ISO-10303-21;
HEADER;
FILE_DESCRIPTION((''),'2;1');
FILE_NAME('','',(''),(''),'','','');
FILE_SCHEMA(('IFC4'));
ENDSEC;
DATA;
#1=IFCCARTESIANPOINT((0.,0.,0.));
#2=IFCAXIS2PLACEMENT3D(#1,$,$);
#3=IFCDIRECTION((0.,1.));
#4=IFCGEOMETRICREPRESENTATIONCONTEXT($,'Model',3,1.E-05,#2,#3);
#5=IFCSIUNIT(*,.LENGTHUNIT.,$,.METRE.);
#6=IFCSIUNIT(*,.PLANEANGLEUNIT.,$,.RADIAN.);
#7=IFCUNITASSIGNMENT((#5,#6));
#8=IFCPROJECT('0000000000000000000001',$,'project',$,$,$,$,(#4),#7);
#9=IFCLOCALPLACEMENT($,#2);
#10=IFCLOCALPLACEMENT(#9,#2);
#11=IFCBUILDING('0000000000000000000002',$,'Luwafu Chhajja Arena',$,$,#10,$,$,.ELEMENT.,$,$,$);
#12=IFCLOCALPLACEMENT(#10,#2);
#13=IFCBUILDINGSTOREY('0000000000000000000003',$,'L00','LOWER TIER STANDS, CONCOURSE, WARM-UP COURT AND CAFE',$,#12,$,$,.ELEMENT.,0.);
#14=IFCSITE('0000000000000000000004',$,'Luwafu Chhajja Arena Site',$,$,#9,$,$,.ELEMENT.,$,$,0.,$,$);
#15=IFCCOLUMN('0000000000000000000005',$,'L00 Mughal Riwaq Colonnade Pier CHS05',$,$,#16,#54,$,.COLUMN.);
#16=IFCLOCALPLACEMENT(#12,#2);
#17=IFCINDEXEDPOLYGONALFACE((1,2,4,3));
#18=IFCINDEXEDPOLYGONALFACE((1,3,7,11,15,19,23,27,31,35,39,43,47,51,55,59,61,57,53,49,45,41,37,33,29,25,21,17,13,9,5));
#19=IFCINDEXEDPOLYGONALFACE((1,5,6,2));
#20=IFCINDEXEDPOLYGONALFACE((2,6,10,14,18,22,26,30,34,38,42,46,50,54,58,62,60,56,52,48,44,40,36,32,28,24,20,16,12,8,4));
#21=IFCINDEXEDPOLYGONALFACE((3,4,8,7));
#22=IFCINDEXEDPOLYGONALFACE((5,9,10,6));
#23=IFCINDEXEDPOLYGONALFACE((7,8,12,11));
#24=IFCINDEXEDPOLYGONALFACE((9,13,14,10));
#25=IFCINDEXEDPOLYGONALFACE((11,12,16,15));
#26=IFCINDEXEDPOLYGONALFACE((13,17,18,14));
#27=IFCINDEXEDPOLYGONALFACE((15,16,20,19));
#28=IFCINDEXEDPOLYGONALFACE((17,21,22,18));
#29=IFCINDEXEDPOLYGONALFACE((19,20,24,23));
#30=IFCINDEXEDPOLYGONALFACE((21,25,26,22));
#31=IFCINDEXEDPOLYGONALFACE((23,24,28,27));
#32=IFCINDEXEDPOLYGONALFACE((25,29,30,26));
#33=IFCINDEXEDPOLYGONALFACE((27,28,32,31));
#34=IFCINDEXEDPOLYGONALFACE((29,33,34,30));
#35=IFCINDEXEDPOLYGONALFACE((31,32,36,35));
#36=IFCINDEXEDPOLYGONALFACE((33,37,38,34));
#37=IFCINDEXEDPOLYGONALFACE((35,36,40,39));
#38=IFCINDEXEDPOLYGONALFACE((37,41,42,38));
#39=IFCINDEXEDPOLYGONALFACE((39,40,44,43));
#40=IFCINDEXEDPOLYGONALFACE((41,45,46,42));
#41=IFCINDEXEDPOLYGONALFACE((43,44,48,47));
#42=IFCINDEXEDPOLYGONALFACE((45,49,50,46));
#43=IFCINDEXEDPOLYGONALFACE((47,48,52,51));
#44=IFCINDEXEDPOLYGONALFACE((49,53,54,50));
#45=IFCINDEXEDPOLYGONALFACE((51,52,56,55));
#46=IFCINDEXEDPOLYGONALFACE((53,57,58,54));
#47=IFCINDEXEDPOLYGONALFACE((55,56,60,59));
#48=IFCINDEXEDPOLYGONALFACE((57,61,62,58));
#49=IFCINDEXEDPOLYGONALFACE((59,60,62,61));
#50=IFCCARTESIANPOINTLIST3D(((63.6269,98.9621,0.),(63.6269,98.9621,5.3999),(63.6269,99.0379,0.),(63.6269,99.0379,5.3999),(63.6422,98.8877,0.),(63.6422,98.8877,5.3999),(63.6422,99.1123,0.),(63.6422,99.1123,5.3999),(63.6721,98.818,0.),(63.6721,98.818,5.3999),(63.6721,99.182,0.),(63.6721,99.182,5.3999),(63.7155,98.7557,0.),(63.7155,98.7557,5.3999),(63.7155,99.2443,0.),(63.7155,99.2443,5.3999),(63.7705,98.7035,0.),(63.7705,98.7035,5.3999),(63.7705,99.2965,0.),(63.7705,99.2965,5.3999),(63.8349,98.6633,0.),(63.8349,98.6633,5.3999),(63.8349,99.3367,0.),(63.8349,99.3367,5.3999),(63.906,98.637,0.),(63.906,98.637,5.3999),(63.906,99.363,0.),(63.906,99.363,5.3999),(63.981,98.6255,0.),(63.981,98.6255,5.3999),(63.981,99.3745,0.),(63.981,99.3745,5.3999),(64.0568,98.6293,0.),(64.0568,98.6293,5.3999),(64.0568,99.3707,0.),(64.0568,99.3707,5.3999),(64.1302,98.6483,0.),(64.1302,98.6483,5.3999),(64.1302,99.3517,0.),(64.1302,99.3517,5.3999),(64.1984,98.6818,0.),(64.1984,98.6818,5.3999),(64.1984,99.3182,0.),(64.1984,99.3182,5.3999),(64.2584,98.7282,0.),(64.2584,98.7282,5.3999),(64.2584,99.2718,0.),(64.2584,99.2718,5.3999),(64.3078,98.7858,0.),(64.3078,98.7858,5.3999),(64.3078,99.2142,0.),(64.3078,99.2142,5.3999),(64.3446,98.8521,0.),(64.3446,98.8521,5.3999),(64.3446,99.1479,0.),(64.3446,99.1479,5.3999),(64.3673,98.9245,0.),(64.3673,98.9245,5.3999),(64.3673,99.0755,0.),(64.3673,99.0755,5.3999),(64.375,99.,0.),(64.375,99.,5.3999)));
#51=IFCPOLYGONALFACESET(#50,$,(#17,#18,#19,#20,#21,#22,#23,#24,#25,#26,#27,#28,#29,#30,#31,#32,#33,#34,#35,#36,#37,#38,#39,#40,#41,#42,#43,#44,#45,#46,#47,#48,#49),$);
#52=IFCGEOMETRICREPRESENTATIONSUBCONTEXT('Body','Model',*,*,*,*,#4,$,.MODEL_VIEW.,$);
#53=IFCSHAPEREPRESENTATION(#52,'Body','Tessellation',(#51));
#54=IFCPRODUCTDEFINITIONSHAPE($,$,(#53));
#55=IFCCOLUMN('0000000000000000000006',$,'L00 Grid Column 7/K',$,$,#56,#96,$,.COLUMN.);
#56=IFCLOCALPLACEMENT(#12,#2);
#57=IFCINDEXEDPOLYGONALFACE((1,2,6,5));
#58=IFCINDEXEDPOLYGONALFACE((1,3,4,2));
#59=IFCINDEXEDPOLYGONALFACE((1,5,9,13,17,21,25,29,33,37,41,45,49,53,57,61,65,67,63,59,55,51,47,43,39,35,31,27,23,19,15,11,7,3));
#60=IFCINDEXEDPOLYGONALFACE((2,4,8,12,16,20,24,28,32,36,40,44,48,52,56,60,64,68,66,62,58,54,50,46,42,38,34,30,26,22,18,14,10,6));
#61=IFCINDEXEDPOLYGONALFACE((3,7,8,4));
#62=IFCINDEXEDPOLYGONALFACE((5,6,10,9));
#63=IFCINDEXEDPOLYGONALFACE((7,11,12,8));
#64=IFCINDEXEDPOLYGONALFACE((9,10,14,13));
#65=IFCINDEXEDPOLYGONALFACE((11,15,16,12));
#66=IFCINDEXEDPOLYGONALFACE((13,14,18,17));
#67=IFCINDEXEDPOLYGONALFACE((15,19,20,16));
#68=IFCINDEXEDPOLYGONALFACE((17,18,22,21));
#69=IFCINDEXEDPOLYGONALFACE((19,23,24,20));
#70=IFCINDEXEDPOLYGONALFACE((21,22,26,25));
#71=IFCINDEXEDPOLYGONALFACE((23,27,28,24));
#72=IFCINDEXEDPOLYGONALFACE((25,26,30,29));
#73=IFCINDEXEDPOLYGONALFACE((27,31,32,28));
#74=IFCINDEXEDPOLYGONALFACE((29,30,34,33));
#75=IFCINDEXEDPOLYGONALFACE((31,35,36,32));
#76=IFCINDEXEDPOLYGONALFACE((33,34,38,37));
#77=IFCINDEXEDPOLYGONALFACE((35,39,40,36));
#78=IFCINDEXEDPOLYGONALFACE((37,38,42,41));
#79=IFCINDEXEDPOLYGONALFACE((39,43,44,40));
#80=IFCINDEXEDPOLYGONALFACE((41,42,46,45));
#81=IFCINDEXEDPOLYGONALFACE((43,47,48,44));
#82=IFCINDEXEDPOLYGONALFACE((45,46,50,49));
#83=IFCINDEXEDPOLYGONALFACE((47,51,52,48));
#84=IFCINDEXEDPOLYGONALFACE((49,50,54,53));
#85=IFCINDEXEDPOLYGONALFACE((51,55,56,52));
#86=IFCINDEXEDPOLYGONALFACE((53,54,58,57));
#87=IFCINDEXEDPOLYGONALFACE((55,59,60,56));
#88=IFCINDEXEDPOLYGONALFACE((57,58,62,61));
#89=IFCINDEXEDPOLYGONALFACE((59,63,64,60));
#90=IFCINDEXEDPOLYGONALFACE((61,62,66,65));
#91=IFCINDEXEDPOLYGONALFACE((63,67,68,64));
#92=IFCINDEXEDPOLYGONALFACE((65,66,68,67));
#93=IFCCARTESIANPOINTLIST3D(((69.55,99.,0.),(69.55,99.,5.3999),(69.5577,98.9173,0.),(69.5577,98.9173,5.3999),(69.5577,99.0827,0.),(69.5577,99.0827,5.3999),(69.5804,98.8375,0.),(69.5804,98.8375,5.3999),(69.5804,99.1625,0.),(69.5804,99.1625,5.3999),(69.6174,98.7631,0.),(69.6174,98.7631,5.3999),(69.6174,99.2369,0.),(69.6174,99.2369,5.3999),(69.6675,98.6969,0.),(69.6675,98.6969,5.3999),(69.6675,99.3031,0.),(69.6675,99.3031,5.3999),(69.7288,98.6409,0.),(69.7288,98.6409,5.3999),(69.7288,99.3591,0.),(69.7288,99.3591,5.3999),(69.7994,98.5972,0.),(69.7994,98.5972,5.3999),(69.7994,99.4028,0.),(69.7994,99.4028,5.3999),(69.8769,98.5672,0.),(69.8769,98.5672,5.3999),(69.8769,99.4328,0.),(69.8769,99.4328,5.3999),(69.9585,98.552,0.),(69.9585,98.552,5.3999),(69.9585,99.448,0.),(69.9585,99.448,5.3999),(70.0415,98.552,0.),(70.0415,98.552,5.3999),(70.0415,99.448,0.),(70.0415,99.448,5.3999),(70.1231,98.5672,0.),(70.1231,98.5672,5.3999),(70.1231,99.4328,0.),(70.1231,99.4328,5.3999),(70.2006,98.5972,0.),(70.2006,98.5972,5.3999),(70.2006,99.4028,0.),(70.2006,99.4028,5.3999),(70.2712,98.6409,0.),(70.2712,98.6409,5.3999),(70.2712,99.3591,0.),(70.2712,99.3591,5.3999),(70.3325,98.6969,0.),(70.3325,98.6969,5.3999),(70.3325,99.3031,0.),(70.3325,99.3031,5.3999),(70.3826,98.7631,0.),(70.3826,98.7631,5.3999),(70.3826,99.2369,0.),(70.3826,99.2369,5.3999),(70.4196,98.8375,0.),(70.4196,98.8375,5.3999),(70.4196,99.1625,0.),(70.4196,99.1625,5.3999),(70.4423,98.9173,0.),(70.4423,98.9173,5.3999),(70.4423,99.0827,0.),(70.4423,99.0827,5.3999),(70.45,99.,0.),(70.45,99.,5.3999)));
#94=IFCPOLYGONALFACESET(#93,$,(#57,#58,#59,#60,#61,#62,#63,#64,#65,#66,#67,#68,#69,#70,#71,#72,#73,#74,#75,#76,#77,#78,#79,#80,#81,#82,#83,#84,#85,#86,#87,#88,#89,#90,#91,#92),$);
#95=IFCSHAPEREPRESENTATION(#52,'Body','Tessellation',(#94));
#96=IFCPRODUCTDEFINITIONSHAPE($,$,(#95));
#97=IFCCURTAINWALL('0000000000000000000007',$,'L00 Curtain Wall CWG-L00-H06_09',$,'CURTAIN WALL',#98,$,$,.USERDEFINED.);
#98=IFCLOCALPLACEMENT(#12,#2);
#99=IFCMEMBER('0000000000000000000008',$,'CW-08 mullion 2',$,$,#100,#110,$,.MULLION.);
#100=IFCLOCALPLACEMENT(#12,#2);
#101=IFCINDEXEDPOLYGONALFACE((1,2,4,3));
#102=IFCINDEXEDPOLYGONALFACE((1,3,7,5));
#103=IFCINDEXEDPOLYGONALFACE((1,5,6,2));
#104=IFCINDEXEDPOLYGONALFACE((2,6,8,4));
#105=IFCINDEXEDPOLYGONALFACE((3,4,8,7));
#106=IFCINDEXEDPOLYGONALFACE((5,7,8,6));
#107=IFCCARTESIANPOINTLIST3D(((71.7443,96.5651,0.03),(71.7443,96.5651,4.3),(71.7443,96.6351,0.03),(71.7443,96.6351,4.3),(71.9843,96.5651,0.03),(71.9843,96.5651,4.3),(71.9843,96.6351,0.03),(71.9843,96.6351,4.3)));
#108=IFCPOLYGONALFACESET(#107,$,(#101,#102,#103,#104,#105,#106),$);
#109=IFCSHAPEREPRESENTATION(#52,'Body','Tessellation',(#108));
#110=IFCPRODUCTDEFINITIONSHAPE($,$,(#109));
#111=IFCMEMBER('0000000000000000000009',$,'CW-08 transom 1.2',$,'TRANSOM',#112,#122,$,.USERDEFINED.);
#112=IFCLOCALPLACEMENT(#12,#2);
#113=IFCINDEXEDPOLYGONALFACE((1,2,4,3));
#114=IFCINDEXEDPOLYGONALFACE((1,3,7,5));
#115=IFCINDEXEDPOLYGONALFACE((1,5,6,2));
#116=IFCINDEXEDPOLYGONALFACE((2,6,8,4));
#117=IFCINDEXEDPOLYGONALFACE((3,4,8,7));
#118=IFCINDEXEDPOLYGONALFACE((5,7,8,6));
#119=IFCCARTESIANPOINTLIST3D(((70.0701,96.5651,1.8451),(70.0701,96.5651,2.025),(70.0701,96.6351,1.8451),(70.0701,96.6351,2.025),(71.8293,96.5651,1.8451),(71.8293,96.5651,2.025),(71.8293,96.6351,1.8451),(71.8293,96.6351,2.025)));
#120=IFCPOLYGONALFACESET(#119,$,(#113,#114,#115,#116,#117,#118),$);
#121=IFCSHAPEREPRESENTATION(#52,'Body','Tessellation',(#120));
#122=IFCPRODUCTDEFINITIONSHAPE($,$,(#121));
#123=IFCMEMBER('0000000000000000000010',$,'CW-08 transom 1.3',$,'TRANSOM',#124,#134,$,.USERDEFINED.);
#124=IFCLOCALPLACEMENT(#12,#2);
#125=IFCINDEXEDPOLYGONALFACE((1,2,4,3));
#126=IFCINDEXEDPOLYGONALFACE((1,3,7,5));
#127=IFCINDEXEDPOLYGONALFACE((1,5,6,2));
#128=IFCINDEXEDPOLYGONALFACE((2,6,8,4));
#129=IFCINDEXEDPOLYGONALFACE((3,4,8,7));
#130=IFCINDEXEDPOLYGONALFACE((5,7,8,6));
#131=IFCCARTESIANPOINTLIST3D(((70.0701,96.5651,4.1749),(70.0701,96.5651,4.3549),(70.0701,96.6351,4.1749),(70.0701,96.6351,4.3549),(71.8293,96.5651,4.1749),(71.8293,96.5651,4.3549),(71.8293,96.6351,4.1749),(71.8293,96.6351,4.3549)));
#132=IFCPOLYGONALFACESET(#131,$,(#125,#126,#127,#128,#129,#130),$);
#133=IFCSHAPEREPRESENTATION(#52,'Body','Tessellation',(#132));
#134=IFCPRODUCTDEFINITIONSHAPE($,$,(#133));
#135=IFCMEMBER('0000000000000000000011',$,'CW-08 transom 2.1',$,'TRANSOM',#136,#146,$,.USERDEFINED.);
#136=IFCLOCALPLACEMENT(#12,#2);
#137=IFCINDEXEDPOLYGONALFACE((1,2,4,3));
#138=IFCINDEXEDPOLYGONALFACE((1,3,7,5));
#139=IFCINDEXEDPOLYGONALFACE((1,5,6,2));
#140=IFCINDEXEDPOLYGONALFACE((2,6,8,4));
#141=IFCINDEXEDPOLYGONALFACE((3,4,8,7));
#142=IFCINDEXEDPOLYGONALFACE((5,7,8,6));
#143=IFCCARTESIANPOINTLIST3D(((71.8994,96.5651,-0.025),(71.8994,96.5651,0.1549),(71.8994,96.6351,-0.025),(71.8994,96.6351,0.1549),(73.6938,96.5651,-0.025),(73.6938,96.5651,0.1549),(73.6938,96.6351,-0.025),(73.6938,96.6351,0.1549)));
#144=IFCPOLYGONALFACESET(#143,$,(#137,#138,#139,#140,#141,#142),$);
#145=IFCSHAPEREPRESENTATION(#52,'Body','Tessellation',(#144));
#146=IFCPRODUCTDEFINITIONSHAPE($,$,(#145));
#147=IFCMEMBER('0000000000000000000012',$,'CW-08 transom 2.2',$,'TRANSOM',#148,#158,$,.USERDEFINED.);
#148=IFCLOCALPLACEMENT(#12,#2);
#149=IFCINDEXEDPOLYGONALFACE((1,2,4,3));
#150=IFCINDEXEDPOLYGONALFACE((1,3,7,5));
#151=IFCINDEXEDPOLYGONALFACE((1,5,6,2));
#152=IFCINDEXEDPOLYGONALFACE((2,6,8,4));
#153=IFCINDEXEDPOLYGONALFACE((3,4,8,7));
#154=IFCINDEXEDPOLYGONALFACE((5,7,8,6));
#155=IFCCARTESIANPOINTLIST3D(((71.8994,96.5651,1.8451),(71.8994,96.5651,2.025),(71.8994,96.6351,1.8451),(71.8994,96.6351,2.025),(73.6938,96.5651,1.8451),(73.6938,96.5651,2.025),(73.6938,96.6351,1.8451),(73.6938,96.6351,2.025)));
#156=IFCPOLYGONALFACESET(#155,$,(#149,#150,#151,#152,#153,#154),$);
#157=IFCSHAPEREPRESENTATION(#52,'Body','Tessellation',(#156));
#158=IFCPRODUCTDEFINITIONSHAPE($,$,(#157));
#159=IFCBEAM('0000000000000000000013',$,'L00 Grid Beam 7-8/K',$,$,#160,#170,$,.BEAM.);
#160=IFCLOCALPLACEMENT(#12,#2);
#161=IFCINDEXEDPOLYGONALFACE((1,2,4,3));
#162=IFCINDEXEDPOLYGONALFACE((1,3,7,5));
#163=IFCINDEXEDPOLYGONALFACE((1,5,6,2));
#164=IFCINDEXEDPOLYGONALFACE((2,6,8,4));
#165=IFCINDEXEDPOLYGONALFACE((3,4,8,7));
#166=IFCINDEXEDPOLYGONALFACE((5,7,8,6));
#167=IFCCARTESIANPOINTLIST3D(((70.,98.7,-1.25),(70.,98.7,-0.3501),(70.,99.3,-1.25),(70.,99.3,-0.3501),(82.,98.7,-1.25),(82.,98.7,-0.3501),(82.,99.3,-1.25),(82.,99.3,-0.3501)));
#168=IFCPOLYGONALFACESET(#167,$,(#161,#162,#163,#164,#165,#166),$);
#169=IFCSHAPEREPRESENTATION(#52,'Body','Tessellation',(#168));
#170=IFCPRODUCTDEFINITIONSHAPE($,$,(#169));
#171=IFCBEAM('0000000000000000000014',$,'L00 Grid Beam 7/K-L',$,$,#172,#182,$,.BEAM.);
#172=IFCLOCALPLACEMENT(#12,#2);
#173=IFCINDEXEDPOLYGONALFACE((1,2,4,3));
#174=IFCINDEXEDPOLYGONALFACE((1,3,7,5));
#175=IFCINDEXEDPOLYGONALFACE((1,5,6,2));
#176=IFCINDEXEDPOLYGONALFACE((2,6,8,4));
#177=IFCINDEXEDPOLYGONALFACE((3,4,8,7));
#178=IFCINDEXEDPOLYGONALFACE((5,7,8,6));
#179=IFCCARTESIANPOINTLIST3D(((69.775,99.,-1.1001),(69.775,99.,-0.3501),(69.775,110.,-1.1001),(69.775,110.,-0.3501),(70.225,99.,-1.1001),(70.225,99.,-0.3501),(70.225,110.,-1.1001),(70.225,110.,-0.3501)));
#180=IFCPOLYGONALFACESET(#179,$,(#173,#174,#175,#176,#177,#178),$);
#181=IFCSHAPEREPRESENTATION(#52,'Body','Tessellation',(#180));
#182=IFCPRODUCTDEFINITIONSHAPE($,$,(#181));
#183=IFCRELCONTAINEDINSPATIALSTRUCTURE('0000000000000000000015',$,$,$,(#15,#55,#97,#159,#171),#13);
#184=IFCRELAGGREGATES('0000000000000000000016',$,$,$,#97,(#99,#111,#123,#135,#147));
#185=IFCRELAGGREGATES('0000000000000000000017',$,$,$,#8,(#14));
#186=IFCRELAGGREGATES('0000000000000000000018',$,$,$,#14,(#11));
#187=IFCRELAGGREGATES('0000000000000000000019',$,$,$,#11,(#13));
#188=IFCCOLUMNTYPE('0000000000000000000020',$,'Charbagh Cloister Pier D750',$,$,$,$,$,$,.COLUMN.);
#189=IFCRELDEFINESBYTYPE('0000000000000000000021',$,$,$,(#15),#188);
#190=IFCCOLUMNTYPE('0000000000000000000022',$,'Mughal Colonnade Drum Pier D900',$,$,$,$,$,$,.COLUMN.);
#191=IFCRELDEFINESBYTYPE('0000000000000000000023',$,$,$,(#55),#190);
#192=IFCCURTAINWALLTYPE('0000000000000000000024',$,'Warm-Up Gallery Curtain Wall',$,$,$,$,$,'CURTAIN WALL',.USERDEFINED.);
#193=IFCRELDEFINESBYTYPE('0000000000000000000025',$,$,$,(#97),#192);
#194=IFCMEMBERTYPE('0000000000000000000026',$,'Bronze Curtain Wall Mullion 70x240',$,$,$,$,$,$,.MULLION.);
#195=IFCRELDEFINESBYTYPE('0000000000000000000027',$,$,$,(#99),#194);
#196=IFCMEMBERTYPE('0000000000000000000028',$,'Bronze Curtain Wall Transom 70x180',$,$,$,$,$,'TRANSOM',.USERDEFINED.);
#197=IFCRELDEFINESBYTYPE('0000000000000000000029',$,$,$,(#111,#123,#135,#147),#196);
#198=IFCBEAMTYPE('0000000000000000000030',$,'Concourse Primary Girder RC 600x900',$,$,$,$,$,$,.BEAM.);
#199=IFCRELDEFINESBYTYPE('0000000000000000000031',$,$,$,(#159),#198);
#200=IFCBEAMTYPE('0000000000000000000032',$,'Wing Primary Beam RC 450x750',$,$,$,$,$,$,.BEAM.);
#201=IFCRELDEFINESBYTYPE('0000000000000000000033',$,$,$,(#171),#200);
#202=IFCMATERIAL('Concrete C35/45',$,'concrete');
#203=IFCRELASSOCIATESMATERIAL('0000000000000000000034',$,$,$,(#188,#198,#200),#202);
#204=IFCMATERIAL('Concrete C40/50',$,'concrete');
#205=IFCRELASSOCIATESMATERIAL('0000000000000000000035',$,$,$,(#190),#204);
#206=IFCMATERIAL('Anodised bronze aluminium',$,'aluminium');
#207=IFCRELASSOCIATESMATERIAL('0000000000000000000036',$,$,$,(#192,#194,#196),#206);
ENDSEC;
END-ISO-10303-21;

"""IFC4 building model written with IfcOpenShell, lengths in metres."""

from ifc_helpers import new_model, si_unit, direction, frame, origin, origin_2d, place, context, subcontext, project, spatial, rectangle, circle, extrude, material, material_profile, profile_set, type_object, element, aggregate, save


model = new_model("IFC4")

# Units and contexts
model_context = context("Model", 3, precision=1e-05, world=origin(), true_north=direction((0.0, 1.0)))
body_context = subcontext(model_context, "Body", "Model", "MODEL_VIEW")
ifc_project = project(units=[si_unit("LENGTHUNIT", "METRE"), si_unit("PLANEANGLEUNIT", "RADIAN")], contexts=[model_context])

# Site, building, storey
site_placement = place(None, origin())
site = spatial("IfcSite", under=ifc_project, at=site_placement, Name="Luwafu Chhajja Arena Site", CompositionType="ELEMENT", RefElevation=0.0)
building_placement = place(site_placement, origin())
building = spatial("IfcBuilding", under=site, at=building_placement, Name="Luwafu Chhajja Arena", CompositionType="ELEMENT")
storey_placement = place(building_placement, origin())
storey = spatial("IfcBuildingStorey", under=building, at=storey_placement, Name="L00", Description="LOWER TIER STANDS, CONCOURSE, WARM-UP COURT AND CAFE", CompositionType="ELEMENT", Elevation=0.0)

# Columns
ifc_material_1 = material(Name="Concrete C35/45", Category="concrete")
ifc_material_profile_1 = material_profile(ifc_material_1, circle(Radius=0.375, at=origin_2d()), Name="RC COL D750")
ifc_profile_set_1 = profile_set([ifc_material_profile_1], Name="Concrete C35/45")
column_type_1 = type_object("IfcColumnType", Name="Charbagh Cloister Pier D750", PredefinedType="COLUMN", material=ifc_profile_set_1)
column_1_placement = place(storey_placement, frame((64.0, 99.0, 0.0), z_axis=(0.0, 0.0, 1.0), x_axis=(1.0, 0.0, 0.0)))
element("IfcColumn", 1, at=column_1_placement, inside=storey, type_object=column_type_1, Name="L00 Mughal Riwaq Colonnade Pier CHS05", PredefinedType="COLUMN", context=body_context, shape_type="SweptSolid", body=[
    extrude(circle(Radius=0.375, at=origin_2d()), origin(), (0.0, 0.0, 1.0), 5.3999),
])
ifc_material_2 = material(Name="Concrete C40/50", Category="concrete")
ifc_material_profile_2 = material_profile(ifc_material_2, circle(Radius=0.45, at=origin_2d()), Name="RC COL D900")
ifc_profile_set_2 = profile_set([ifc_material_profile_2], Name="Concrete C40/50")
column_type_2 = type_object("IfcColumnType", Name="Mughal Colonnade Drum Pier D900", PredefinedType="COLUMN", material=ifc_profile_set_2)
column_2_placement = place(storey_placement, frame((70.0, 99.0, 0.0), z_axis=(0.0, 0.0, 1.0), x_axis=(1.0, 0.0, 0.0)))
element("IfcColumn", 2, at=column_2_placement, inside=storey, type_object=column_type_2, Name="L00 Grid Column 7/K", PredefinedType="COLUMN", context=body_context, shape_type="SweptSolid", body=[
    extrude(circle(Radius=0.45, at=origin_2d()), origin(), (0.0, 0.0, 1.0), 5.3999),
])

# Curtain wall, members
ifc_material_3 = material(Name="Anodised bronze aluminium", Category="aluminium")
curtain_wall_type = type_object("IfcCurtainWallType", Name="Warm-Up Gallery Curtain Wall", ElementType="CURTAIN WALL", PredefinedType="USERDEFINED", material=ifc_material_3)
curtain_wall_placement = place(storey_placement, origin())
curtain_wall = element("IfcCurtainWall", 3, at=curtain_wall_placement, inside=storey, type_object=curtain_wall_type, Name="L00 Curtain Wall CWG-L00-H06_09", ObjectType="CURTAIN WALL", PredefinedType="USERDEFINED")
ifc_material_profile_3 = material_profile(ifc_material_3, rectangle(XDim=0.0701, YDim=0.24, at=origin_2d()), Name="CWM 70x240")
ifc_profile_set_3 = profile_set([ifc_material_profile_3], Name="Anodised bronze aluminium")
member_type_1 = type_object("IfcMemberType", Name="Bronze Curtain Wall Mullion 70x240", PredefinedType="MULLION", material=ifc_profile_set_3)
member_1_placement = place(storey_placement, frame((71.8643, 96.6001, 0.03), z_axis=(0.0, 0.0, 1.0), x_axis=(0.0, 1.0, 0.0)))
member_1 = element("IfcMember", 4, at=member_1_placement, type_object=member_type_1, Name="CW-08 mullion 2", PredefinedType="MULLION", context=body_context, shape_type="SweptSolid", body=[
    extrude(rectangle(XDim=0.0701, YDim=0.24, at=origin_2d()), origin(), (0.0, 0.0, 1.0), 4.27),
])
ifc_material_profile_4 = material_profile(ifc_material_3, rectangle(XDim=0.0701, YDim=0.1799, at=origin_2d()), Name="CWT 70x180")
ifc_profile_set_4 = profile_set([ifc_material_profile_4], Name="Anodised bronze aluminium")
member_type_2 = type_object("IfcMemberType", Name="Bronze Curtain Wall Transom 70x180", ElementType="TRANSOM", PredefinedType="USERDEFINED", material=ifc_profile_set_4)
member_2_placement = place(storey_placement, frame((70.0701, 96.6001, 1.9351), z_axis=(1.0, 0.0, 0.0), x_axis=(0.0, 1.0, 0.0)))
member_2 = element("IfcMember", 5, at=member_2_placement, type_object=member_type_2, Name="CW-08 transom 1.2", ObjectType="TRANSOM", PredefinedType="USERDEFINED", context=body_context, shape_type="SweptSolid", body=[
    extrude(rectangle(XDim=0.0701, YDim=0.1799, at=origin_2d()), origin(), (0.0, 0.0, 1.0), 1.7593),
])
member_3_placement = place(storey_placement, frame((70.0701, 96.6001, 4.2649), z_axis=(1.0, 0.0, 0.0), x_axis=(0.0, 1.0, 0.0)))
member_3 = element("IfcMember", 6, at=member_3_placement, type_object=member_type_2, Name="CW-08 transom 1.3", ObjectType="TRANSOM", PredefinedType="USERDEFINED", context=body_context, shape_type="SweptSolid", body=[
    extrude(rectangle(XDim=0.0701, YDim=0.1799, at=origin_2d()), origin(), (0.0, 0.0, 1.0), 1.7593),
])
member_4_placement = place(storey_placement, frame((71.8994, 96.6001, 0.0649), z_axis=(1.0, 0.0, 0.0), x_axis=(0.0, 1.0, 0.0)))
member_4 = element("IfcMember", 7, at=member_4_placement, type_object=member_type_2, Name="CW-08 transom 2.1", ObjectType="TRANSOM", PredefinedType="USERDEFINED", context=body_context, shape_type="SweptSolid", body=[
    extrude(rectangle(XDim=0.0701, YDim=0.1799, at=origin_2d()), origin(), (0.0, 0.0, 1.0), 1.7944),
])
member_5_placement = place(storey_placement, frame((71.8994, 96.6001, 1.9351), z_axis=(1.0, 0.0, 0.0), x_axis=(0.0, 1.0, 0.0)))
member_5 = element("IfcMember", 8, at=member_5_placement, type_object=member_type_2, Name="CW-08 transom 2.2", ObjectType="TRANSOM", PredefinedType="USERDEFINED", context=body_context, shape_type="SweptSolid", body=[
    extrude(rectangle(XDim=0.0701, YDim=0.1799, at=origin_2d()), origin(), (0.0, 0.0, 1.0), 1.7944),
])

# Beams
ifc_material_profile_5 = material_profile(ifc_material_1, rectangle(XDim=0.6001, YDim=0.8999, at=origin_2d()), Name="RC 600x900")
ifc_profile_set_5 = profile_set([ifc_material_profile_5], Name="Concrete C35/45")
beam_type_1 = type_object("IfcBeamType", Name="Concourse Primary Girder RC 600x900", PredefinedType="BEAM", material=ifc_profile_set_5)
beam_1_placement = place(storey_placement, frame((70.0, 99.0, -0.8), z_axis=(1.0, 0.0, 0.0), x_axis=(0.0, 1.0, 0.0)))
element("IfcBeam", 9, at=beam_1_placement, inside=storey, type_object=beam_type_1, Name="L00 Grid Beam 7-8/K", PredefinedType="BEAM", context=body_context, shape_type="SweptSolid", body=[
    extrude(rectangle(XDim=0.6001, YDim=0.8999, at=origin_2d()), origin(), (0.0, 0.0, 1.0), 12.0),
])
ifc_material_profile_6 = material_profile(ifc_material_1, rectangle(XDim=0.45, YDim=0.75, at=origin_2d()), Name="RC 450x750")
ifc_profile_set_6 = profile_set([ifc_material_profile_6], Name="Concrete C35/45")
beam_type_2 = type_object("IfcBeamType", Name="Wing Primary Beam RC 450x750", PredefinedType="BEAM", material=ifc_profile_set_6)
beam_2_placement = place(storey_placement, frame((70.0, 99.0, -0.7251), z_axis=(0.0, 1.0, 0.0), x_axis=(-1.0, 0.0, 0.0)))
element("IfcBeam", 10, at=beam_2_placement, inside=storey, type_object=beam_type_2, Name="L00 Grid Beam 7/K-L", PredefinedType="BEAM", context=body_context, shape_type="SweptSolid", body=[
    extrude(rectangle(XDim=0.45, YDim=0.75, at=origin_2d()), origin(), (0.0, 0.0, 1.0), 11.0),
])

aggregate(curtain_wall, [member_1, member_2, member_3, member_4, member_5])

save(model, "model.ifc")
